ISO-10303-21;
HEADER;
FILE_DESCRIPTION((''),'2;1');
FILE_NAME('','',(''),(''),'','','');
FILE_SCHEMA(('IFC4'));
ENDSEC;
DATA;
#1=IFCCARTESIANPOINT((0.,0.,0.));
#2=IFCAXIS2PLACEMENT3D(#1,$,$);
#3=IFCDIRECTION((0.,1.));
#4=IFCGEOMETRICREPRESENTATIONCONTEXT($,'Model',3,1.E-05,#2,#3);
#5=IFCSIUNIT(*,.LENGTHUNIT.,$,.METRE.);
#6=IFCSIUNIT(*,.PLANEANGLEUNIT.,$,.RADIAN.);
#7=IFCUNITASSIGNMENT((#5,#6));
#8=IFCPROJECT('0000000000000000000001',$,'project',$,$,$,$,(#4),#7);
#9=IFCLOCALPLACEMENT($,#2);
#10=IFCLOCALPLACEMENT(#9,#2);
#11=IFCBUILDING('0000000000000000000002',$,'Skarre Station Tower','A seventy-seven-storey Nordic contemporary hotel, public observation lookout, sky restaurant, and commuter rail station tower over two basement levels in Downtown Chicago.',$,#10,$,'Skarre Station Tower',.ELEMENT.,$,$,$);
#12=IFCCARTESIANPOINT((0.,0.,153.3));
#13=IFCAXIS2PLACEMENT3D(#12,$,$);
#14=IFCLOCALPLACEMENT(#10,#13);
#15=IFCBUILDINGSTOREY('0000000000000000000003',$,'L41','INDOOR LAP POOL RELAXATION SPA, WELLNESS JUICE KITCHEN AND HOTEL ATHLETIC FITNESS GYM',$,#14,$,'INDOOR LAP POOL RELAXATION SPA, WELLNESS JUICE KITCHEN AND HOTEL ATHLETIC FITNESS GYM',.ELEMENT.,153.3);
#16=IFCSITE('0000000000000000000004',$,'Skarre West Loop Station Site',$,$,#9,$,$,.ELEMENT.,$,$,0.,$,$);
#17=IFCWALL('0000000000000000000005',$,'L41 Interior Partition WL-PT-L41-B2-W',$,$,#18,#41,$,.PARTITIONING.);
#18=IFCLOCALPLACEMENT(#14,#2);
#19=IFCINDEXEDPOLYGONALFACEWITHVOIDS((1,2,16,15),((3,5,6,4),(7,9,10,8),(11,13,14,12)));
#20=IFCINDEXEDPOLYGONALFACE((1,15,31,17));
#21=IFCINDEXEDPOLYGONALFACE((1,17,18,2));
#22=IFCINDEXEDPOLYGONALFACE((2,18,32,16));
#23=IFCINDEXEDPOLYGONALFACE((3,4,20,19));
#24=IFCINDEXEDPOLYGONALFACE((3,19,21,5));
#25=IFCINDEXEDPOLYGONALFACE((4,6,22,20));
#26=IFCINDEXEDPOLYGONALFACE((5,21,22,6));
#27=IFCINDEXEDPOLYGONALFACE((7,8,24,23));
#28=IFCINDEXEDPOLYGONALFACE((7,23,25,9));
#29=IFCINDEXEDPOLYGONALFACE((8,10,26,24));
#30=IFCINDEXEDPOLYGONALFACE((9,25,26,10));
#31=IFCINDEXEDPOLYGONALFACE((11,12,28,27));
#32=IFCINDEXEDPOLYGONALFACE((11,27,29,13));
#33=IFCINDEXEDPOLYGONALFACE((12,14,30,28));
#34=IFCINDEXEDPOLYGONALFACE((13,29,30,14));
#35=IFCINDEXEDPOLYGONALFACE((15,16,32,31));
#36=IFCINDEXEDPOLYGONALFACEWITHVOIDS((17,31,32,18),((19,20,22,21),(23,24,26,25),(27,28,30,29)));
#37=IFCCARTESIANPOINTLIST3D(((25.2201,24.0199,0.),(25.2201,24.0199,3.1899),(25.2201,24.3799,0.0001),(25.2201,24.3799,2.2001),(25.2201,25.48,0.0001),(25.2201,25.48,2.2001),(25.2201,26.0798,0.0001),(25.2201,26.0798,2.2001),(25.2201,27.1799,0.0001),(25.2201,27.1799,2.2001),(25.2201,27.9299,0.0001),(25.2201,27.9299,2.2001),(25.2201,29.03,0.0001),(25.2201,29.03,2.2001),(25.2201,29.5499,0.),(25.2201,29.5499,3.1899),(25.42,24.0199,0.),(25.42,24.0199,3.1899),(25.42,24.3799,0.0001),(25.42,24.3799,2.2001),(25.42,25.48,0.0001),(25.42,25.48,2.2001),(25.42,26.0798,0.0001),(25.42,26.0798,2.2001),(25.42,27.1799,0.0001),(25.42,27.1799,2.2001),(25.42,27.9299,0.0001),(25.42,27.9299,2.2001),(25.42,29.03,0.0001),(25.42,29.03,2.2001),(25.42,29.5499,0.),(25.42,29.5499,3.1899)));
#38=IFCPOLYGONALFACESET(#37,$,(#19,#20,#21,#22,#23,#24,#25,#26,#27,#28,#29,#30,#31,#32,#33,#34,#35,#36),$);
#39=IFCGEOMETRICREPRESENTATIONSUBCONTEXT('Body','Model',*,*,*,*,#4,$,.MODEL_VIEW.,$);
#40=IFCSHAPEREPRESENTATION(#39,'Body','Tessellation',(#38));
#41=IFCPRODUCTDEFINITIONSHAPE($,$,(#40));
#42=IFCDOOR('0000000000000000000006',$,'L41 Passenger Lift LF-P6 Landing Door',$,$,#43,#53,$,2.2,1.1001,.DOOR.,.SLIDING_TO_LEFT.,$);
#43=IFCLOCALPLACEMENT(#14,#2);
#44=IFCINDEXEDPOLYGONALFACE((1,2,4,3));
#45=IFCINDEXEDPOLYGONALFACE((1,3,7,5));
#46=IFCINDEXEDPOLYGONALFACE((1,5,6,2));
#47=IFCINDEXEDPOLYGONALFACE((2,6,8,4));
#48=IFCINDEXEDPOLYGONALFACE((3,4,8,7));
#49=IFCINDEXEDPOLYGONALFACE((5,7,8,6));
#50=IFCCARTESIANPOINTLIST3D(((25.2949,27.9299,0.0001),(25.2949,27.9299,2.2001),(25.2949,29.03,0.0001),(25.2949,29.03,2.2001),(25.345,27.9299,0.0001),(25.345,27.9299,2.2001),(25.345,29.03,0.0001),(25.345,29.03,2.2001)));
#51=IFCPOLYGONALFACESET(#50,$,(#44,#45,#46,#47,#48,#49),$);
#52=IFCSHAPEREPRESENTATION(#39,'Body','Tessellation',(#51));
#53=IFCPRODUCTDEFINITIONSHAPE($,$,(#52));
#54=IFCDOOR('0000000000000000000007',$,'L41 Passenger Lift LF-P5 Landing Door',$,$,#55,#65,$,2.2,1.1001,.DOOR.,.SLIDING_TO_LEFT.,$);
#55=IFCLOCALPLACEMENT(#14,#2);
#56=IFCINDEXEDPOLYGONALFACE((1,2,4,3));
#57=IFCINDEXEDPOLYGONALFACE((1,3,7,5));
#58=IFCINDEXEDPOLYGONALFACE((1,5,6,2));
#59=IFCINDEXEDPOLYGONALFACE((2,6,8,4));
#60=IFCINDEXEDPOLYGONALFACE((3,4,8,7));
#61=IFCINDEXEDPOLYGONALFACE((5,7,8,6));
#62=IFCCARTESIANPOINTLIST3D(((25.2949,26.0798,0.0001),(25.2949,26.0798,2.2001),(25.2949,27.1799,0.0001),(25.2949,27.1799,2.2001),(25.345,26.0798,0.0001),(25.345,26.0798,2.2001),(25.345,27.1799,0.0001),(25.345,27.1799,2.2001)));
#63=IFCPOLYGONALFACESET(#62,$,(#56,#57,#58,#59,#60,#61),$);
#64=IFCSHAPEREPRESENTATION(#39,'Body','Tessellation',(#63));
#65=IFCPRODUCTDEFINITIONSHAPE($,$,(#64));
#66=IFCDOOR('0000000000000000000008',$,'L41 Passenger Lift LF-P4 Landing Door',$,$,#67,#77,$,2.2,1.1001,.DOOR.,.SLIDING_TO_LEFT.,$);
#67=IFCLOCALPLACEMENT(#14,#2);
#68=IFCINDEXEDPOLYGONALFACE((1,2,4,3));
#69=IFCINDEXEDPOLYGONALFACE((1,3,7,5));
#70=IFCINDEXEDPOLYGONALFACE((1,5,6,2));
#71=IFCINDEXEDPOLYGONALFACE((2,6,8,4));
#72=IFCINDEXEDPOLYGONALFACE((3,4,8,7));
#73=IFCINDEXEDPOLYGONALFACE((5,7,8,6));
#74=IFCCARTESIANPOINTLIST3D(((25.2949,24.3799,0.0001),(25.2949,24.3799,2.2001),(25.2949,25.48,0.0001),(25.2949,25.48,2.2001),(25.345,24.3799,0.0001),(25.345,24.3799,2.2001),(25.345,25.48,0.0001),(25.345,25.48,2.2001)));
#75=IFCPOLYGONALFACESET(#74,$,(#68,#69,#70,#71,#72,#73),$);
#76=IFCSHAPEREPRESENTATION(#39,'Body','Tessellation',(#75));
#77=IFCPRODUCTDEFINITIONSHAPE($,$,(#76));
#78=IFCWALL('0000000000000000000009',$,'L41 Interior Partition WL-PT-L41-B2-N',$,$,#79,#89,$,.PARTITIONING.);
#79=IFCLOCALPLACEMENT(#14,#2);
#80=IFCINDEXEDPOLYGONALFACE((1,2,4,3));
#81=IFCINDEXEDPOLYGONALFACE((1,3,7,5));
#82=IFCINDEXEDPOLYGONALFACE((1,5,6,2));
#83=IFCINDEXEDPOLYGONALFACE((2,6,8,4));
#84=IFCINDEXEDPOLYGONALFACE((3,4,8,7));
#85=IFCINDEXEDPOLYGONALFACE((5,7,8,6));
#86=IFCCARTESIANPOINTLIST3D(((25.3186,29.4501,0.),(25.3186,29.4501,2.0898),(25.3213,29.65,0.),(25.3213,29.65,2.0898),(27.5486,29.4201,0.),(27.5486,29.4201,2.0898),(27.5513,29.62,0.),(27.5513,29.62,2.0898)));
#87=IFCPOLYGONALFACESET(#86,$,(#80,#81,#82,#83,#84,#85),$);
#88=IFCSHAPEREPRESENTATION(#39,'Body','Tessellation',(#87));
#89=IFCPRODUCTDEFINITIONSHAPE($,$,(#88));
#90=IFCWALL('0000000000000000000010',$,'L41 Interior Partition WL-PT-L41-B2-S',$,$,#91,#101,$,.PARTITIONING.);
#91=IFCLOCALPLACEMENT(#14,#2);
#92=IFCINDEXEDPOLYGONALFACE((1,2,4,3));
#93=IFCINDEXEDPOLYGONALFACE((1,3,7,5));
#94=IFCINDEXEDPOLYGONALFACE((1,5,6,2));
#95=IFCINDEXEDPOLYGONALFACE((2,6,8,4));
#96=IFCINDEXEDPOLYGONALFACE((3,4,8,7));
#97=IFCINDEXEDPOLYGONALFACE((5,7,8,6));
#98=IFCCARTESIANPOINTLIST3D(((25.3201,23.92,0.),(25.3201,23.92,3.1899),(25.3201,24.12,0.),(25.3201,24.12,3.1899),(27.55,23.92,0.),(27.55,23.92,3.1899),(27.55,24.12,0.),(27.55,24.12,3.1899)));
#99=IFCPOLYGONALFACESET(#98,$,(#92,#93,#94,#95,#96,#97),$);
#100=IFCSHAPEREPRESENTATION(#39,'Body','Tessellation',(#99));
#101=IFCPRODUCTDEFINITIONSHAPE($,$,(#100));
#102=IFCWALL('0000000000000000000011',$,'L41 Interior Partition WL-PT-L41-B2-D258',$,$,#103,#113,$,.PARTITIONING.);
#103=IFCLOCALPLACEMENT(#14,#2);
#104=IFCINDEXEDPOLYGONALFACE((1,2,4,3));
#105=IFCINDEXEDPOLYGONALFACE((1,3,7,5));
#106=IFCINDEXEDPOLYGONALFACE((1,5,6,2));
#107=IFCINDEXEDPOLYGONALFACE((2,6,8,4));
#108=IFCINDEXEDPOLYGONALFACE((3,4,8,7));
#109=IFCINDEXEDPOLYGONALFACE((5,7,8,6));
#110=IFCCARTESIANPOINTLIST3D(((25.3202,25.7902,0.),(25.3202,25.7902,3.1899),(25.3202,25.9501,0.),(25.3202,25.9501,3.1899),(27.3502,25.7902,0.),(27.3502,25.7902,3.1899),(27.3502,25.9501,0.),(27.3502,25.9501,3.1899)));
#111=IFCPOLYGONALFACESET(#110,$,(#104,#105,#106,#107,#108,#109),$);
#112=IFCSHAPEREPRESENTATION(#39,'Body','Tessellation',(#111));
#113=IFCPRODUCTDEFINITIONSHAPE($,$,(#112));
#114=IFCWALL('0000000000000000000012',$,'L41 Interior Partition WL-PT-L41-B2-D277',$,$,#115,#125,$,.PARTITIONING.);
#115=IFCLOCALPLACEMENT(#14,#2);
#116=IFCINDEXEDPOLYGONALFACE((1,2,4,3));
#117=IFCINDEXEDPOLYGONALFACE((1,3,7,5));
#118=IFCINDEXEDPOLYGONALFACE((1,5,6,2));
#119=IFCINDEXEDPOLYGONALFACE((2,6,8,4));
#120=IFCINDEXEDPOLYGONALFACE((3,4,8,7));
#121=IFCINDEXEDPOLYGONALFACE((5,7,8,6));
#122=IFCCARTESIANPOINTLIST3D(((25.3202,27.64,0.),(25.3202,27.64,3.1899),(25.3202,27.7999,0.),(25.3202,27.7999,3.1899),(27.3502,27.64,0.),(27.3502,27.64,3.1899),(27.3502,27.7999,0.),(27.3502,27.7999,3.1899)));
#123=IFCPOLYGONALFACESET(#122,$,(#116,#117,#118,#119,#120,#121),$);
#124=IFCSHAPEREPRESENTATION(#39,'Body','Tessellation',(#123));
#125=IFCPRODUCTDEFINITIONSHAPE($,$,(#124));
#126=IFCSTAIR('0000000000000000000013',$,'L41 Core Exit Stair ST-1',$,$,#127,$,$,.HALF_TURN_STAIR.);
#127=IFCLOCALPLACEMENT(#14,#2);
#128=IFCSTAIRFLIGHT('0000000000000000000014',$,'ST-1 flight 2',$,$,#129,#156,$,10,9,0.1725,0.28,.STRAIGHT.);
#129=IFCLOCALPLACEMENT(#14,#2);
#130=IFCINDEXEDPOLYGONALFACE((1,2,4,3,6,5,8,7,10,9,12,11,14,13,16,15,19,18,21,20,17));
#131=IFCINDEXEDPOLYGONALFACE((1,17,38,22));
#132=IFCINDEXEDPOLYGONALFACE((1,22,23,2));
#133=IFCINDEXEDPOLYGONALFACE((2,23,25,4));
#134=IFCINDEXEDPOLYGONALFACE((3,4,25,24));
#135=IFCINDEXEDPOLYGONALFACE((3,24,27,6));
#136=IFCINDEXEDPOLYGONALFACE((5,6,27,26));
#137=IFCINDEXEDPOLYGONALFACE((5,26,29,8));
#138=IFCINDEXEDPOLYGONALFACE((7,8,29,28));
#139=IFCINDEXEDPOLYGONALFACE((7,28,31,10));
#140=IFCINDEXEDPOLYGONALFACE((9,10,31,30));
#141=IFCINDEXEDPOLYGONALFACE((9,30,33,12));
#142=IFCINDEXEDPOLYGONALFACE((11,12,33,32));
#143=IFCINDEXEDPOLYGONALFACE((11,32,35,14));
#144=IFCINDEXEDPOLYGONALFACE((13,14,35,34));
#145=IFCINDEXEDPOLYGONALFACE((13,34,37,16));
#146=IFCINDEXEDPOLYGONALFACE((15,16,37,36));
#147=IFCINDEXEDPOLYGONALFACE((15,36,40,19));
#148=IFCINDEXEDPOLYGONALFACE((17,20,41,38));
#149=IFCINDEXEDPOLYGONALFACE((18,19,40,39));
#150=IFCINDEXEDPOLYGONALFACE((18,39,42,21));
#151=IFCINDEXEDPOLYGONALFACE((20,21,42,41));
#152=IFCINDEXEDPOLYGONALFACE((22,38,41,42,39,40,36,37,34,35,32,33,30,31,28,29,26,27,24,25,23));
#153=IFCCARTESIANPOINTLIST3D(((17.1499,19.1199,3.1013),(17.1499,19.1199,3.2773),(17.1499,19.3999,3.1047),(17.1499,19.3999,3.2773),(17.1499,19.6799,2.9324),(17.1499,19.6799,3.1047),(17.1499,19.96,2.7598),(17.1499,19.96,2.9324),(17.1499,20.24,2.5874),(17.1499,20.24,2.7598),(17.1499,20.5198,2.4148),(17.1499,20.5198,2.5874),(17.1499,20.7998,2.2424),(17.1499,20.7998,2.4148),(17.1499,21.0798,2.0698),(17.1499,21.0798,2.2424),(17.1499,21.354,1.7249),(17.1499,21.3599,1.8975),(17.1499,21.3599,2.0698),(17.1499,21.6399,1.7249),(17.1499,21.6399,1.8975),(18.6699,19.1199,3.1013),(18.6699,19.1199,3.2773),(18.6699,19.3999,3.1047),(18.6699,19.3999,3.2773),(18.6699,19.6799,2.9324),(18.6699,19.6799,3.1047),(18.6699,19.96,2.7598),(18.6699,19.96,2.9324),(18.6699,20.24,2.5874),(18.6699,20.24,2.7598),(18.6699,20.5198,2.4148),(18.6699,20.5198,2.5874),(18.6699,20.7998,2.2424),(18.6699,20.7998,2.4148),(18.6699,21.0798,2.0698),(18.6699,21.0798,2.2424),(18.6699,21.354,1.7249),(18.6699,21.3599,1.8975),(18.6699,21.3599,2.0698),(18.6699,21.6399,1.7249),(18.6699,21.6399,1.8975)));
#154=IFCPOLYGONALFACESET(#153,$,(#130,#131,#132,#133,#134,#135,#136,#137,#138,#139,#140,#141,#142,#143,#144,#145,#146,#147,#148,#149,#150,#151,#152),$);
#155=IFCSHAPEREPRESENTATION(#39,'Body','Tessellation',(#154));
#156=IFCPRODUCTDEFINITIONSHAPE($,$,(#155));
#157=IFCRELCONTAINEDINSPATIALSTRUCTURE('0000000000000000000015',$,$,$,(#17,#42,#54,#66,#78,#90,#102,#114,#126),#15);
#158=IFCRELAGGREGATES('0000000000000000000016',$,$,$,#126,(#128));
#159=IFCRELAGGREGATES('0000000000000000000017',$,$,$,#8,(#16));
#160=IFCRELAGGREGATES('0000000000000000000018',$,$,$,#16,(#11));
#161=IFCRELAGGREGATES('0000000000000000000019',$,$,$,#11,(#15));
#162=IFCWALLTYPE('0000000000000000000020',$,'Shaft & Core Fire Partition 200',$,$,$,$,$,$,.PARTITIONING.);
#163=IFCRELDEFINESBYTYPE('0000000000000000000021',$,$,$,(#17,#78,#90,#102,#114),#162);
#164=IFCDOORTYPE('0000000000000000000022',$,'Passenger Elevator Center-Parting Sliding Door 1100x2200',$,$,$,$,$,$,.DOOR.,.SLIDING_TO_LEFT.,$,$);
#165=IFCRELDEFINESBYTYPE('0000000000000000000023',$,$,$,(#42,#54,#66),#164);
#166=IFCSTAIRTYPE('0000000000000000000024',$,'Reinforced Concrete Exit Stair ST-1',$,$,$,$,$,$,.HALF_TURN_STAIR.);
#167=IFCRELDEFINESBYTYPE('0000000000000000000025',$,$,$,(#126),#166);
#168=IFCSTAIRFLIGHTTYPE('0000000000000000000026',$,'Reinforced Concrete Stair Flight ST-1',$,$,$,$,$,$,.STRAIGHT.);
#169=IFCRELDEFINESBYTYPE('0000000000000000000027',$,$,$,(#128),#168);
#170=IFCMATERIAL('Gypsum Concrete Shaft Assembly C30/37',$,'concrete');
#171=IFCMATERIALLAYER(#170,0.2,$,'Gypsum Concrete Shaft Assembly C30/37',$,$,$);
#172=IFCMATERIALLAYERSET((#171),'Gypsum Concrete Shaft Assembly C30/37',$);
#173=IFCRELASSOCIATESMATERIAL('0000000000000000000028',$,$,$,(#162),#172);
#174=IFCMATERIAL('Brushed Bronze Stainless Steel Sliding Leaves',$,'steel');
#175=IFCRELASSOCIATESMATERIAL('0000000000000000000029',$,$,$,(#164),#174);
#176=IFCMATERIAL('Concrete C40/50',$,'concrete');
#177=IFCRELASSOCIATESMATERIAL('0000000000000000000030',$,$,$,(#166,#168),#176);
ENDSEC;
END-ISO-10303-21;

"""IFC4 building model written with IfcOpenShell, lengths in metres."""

from ifc_helpers import new_model, si_unit, direction, frame, frame_2d, origin, place, context, subcontext, project, spatial, polyline, rectangle, outline, extrude, material, layer, layer_set, type_object, element, fill, aggregate, save


model = new_model("IFC4")

# Units and contexts
model_context = context("Model", 3, precision=1e-05, world=origin(), true_north=direction((0.0, 1.0)))
body_context = subcontext(model_context, "Body", "Model", "MODEL_VIEW")
ifc_project = project(units=[si_unit("LENGTHUNIT", "METRE"), si_unit("PLANEANGLEUNIT", "RADIAN")], contexts=[model_context])

# Site, building, storey
site_placement = place(None, origin())
site = spatial("IfcSite", under=ifc_project, at=site_placement, Name="Skarre West Loop Station Site", CompositionType="ELEMENT", RefElevation=0.0)
building_placement = place(site_placement, origin())
building = spatial("IfcBuilding", under=site, at=building_placement, Name="Skarre Station Tower", Description="A seventy-seven-storey Nordic contemporary hotel, public observation lookout, sky restaurant, and commuter rail station tower over two basement levels in Downtown Chicago.", LongName="Skarre Station Tower", CompositionType="ELEMENT")
storey_placement = place(building_placement, frame((0.0, 0.0, 153.3)))
storey = spatial("IfcBuildingStorey", under=building, at=storey_placement, Name="L41", Description="INDOOR LAP POOL RELAXATION SPA, WELLNESS JUICE KITCHEN AND HOTEL ATHLETIC FITNESS GYM", LongName="INDOOR LAP POOL RELAXATION SPA, WELLNESS JUICE KITCHEN AND HOTEL ATHLETIC FITNESS GYM", CompositionType="ELEMENT", Elevation=153.3)

# Shared definitions
ifc_material_1 = material(Name="Gypsum Concrete Shaft Assembly C30/37", Category="concrete")
ifc_layer_1 = layer(ifc_material_1, 0.2, Name="Gypsum Concrete Shaft Assembly C30/37")
ifc_layer_set_1 = layer_set([ifc_layer_1], Name="Gypsum Concrete Shaft Assembly C30/37")
wall_type_1 = type_object("IfcWallType", Name="Shaft & Core Fire Partition 200", PredefinedType="PARTITIONING", material=ifc_layer_set_1)

# Wall, openings, doors
wall_1_placement = place(storey_placement, frame((25.3201, 29.55, 0.0), z_axis=(0.0, 0.0, 1.0), x_axis=(0.0, -1.0, 0.0)))
wall_1 = element("IfcWall", 1, at=wall_1_placement, inside=storey, type_object=wall_type_1, Name="L41 Interior Partition WL-PT-L41-B2-W", PredefinedType="PARTITIONING", context=body_context, shape_type="SweptSolid", body=[
    extrude(rectangle(XDim=5.53, YDim=0.2, at=frame_2d((2.7651, 0.0))), origin(), (0.0, 0.0, 1.0), 3.1899),
])
opening_1_placement = place(wall_1_placement, frame((0.52, 0.0, 0.0)))
opening_1 = element("IfcOpeningElement", 2, at=opening_1_placement, cuts=wall_1, PredefinedType="OPENING", context=body_context, shape_type="SweptSolid", body=[
    extrude(rectangle(XDim=1.1001, YDim=2.2, at=frame_2d((0.55, 1.1001))), frame((0.0, 0.1099, 0.0), z_axis=(0.0, -1.0, 0.0), x_axis=(1.0, 0.0, 0.0)), (0.0, 0.0, 1.0), 0.22),
])
opening_2_placement = place(wall_1_placement, frame((2.3701, 0.0, 0.0)))
opening_2 = element("IfcOpeningElement", 3, at=opening_2_placement, cuts=wall_1, PredefinedType="OPENING", context=body_context, shape_type="SweptSolid", body=[
    extrude(rectangle(XDim=1.1001, YDim=2.2, at=frame_2d((0.55, 1.1001))), frame((0.0, 0.1099, 0.0), z_axis=(0.0, -1.0, 0.0), x_axis=(1.0, 0.0, 0.0)), (0.0, 0.0, 1.0), 0.22),
])
opening_3_placement = place(wall_1_placement, frame((4.0701, 0.0, 0.0)))
opening_3 = element("IfcOpeningElement", 4, at=opening_3_placement, cuts=wall_1, PredefinedType="OPENING", context=body_context, shape_type="SweptSolid", body=[
    extrude(rectangle(XDim=1.1001, YDim=2.2, at=frame_2d((0.55, 1.1001))), frame((0.0, 0.1099, 0.0), z_axis=(0.0, -1.0, 0.0), x_axis=(1.0, 0.0, 0.0)), (0.0, 0.0, 1.0), 0.22),
])
ifc_material_2 = material(Name="Brushed Bronze Stainless Steel Sliding Leaves", Category="steel")
door_type_1 = type_object("IfcDoorType", Name="Passenger Elevator Center-Parting Sliding Door 1100x2200", OperationType="SLIDING_TO_LEFT", PredefinedType="DOOR", material=ifc_material_2)
door_1_placement = place(opening_1_placement, origin())
door_1 = element("IfcDoor", 5, at=door_1_placement, inside=storey, type_object=door_type_1, Name="L41 Passenger Lift LF-P6 Landing Door", OperationType="SLIDING_TO_LEFT", OverallHeight=2.2, OverallWidth=1.1001, PredefinedType="DOOR", context=body_context, shape_type="SweptSolid", body=[
    extrude(rectangle(XDim=1.1001, YDim=2.2, at=frame_2d((0.55, 1.1001))), frame((0.0, 0.0249, 0.0), z_axis=(0.0, -1.0, 0.0), x_axis=(1.0, 0.0, 0.0)), (0.0, 0.0, 1.0), 0.05),
])
fill(opening_1, door_1)
door_2_placement = place(opening_2_placement, origin())
door_2 = element("IfcDoor", 6, at=door_2_placement, inside=storey, type_object=door_type_1, Name="L41 Passenger Lift LF-P5 Landing Door", OperationType="SLIDING_TO_LEFT", OverallHeight=2.2, OverallWidth=1.1001, PredefinedType="DOOR", context=body_context, shape_type="SweptSolid", body=[
    extrude(rectangle(XDim=1.1001, YDim=2.2, at=frame_2d((0.55, 1.1001))), frame((0.0, 0.0249, 0.0), z_axis=(0.0, -1.0, 0.0), x_axis=(1.0, 0.0, 0.0)), (0.0, 0.0, 1.0), 0.05),
])
fill(opening_2, door_2)
door_3_placement = place(opening_3_placement, origin())
door_3 = element("IfcDoor", 7, at=door_3_placement, inside=storey, type_object=door_type_1, Name="L41 Passenger Lift LF-P4 Landing Door", OperationType="SLIDING_TO_LEFT", OverallHeight=2.2, OverallWidth=1.1001, PredefinedType="DOOR", context=body_context, shape_type="SweptSolid", body=[
    extrude(rectangle(XDim=1.1001, YDim=2.2, at=frame_2d((0.55, 1.1001))), frame((0.0, 0.0249, 0.0), z_axis=(0.0, -1.0, 0.0), x_axis=(1.0, 0.0, 0.0)), (0.0, 0.0, 1.0), 0.05),
])
fill(opening_3, door_3)

# Walls
wall_2_placement = place(storey_placement, frame((27.55, 29.52, 0.0), z_axis=(0.0, 0.0, 1.0), x_axis=(-0.999909, 0.013465, 0.0)))
element("IfcWall", 8, at=wall_2_placement, inside=storey, type_object=wall_type_1, Name="L41 Interior Partition WL-PT-L41-B2-N", PredefinedType="PARTITIONING", context=body_context, shape_type="SweptSolid", body=[
    extrude(rectangle(XDim=2.2302, YDim=0.2, at=frame_2d((1.1152, 0.0))), origin(), (0.0, 0.0, 1.0), 2.0898),
])
wall_3_placement = place(storey_placement, frame((25.3201, 24.02, 0.0), z_axis=(0.0, 0.0, 1.0), x_axis=(1.0, 0.0, 0.0)))
element("IfcWall", 9, at=wall_3_placement, inside=storey, type_object=wall_type_1, Name="L41 Interior Partition WL-PT-L41-B2-S", PredefinedType="PARTITIONING", context=body_context, shape_type="SweptSolid", body=[
    extrude(rectangle(XDim=2.23, YDim=0.2, at=frame_2d((1.115, 0.0))), origin(), (0.0, 0.0, 1.0), 3.1899),
])
for number, where, z_axis, x_axis, name in (
    (10, (25.3201, 25.8701, 0.0), (0.0, 0.0, 1.0), (1.0, 0.0, 0.0), "L41 Interior Partition WL-PT-L41-B2-D258"),
    (11, (25.3201, 27.72, 0.0), (0.0, 0.0, 1.0), (1.0, 0.0, 0.0), "L41 Interior Partition WL-PT-L41-B2-D277"),
):
    element("IfcWall", number, at=place(storey_placement, frame(where, z_axis=z_axis, x_axis=x_axis)), inside=storey, type_object=wall_type_1, Name=name, PredefinedType="PARTITIONING", context=body_context, shape_type="SweptSolid", body=[
        extrude(rectangle(XDim=2.03, YDim=0.1599, at=frame_2d((1.0151, 0.0))), origin(), (0.0, 0.0, 1.0), 3.1899),
    ])

# Stair, stair flight
ifc_material_3 = material(Name="Concrete C40/50", Category="concrete")
stair_type = type_object("IfcStairType", Name="Reinforced Concrete Exit Stair ST-1", PredefinedType="HALF_TURN_STAIR", material=ifc_material_3)
stair_placement = place(storey_placement, origin())
stair = element("IfcStair", 12, at=stair_placement, inside=storey, type_object=stair_type, Name="L41 Core Exit Stair ST-1", PredefinedType="HALF_TURN_STAIR")
stair_flight_type = type_object("IfcStairFlightType", Name="Reinforced Concrete Stair Flight ST-1", PredefinedType="STRAIGHT", material=ifc_material_3)
stair_flight_placement = place(storey_placement, frame((17.9099, 21.6399, 1.7249), z_axis=(0.0, 0.0, 1.0), x_axis=(0.0, -1.0, 0.0)))
stair_flight = element("IfcStairFlight", 13, at=stair_flight_placement, type_object=stair_flight_type, Name="ST-1 flight 2", NumberOfRisers=10, NumberOfTreads=9, PredefinedType="STRAIGHT", RiserHeight=0.1725, TreadLength=0.28, context=body_context, shape_type="SweptSolid", body=[
    extrude(outline(polyline([(0.0, 0.0), (0.0, 0.1726), (0.28, 0.1726), (0.28, 0.345), (0.5601, 0.345), (0.5601, 0.5176), (0.8401, 0.5176), (0.8401, 0.6899), (1.1201, 0.6899), (1.1201, 0.8625), (1.3999, 0.8625), (1.3999, 1.0349), (1.6799, 1.0349), (1.6799, 1.2075), (1.96, 1.2075), (1.96, 1.3799), (2.24, 1.3799), (2.24, 1.5525), (2.52, 1.5525), (2.52, 1.7251), (2.52, 1.3765), (0.2859, 0.0), (0.0, 0.0)])), frame((0.0, 0.76, 0.0), z_axis=(0.0, -1.0, 0.0), x_axis=(1.0, 0.0, 0.0)), (0.0, 0.0, 1.0), 1.52),
])
aggregate(stair, [stair_flight])

save(model, "model.ifc")
